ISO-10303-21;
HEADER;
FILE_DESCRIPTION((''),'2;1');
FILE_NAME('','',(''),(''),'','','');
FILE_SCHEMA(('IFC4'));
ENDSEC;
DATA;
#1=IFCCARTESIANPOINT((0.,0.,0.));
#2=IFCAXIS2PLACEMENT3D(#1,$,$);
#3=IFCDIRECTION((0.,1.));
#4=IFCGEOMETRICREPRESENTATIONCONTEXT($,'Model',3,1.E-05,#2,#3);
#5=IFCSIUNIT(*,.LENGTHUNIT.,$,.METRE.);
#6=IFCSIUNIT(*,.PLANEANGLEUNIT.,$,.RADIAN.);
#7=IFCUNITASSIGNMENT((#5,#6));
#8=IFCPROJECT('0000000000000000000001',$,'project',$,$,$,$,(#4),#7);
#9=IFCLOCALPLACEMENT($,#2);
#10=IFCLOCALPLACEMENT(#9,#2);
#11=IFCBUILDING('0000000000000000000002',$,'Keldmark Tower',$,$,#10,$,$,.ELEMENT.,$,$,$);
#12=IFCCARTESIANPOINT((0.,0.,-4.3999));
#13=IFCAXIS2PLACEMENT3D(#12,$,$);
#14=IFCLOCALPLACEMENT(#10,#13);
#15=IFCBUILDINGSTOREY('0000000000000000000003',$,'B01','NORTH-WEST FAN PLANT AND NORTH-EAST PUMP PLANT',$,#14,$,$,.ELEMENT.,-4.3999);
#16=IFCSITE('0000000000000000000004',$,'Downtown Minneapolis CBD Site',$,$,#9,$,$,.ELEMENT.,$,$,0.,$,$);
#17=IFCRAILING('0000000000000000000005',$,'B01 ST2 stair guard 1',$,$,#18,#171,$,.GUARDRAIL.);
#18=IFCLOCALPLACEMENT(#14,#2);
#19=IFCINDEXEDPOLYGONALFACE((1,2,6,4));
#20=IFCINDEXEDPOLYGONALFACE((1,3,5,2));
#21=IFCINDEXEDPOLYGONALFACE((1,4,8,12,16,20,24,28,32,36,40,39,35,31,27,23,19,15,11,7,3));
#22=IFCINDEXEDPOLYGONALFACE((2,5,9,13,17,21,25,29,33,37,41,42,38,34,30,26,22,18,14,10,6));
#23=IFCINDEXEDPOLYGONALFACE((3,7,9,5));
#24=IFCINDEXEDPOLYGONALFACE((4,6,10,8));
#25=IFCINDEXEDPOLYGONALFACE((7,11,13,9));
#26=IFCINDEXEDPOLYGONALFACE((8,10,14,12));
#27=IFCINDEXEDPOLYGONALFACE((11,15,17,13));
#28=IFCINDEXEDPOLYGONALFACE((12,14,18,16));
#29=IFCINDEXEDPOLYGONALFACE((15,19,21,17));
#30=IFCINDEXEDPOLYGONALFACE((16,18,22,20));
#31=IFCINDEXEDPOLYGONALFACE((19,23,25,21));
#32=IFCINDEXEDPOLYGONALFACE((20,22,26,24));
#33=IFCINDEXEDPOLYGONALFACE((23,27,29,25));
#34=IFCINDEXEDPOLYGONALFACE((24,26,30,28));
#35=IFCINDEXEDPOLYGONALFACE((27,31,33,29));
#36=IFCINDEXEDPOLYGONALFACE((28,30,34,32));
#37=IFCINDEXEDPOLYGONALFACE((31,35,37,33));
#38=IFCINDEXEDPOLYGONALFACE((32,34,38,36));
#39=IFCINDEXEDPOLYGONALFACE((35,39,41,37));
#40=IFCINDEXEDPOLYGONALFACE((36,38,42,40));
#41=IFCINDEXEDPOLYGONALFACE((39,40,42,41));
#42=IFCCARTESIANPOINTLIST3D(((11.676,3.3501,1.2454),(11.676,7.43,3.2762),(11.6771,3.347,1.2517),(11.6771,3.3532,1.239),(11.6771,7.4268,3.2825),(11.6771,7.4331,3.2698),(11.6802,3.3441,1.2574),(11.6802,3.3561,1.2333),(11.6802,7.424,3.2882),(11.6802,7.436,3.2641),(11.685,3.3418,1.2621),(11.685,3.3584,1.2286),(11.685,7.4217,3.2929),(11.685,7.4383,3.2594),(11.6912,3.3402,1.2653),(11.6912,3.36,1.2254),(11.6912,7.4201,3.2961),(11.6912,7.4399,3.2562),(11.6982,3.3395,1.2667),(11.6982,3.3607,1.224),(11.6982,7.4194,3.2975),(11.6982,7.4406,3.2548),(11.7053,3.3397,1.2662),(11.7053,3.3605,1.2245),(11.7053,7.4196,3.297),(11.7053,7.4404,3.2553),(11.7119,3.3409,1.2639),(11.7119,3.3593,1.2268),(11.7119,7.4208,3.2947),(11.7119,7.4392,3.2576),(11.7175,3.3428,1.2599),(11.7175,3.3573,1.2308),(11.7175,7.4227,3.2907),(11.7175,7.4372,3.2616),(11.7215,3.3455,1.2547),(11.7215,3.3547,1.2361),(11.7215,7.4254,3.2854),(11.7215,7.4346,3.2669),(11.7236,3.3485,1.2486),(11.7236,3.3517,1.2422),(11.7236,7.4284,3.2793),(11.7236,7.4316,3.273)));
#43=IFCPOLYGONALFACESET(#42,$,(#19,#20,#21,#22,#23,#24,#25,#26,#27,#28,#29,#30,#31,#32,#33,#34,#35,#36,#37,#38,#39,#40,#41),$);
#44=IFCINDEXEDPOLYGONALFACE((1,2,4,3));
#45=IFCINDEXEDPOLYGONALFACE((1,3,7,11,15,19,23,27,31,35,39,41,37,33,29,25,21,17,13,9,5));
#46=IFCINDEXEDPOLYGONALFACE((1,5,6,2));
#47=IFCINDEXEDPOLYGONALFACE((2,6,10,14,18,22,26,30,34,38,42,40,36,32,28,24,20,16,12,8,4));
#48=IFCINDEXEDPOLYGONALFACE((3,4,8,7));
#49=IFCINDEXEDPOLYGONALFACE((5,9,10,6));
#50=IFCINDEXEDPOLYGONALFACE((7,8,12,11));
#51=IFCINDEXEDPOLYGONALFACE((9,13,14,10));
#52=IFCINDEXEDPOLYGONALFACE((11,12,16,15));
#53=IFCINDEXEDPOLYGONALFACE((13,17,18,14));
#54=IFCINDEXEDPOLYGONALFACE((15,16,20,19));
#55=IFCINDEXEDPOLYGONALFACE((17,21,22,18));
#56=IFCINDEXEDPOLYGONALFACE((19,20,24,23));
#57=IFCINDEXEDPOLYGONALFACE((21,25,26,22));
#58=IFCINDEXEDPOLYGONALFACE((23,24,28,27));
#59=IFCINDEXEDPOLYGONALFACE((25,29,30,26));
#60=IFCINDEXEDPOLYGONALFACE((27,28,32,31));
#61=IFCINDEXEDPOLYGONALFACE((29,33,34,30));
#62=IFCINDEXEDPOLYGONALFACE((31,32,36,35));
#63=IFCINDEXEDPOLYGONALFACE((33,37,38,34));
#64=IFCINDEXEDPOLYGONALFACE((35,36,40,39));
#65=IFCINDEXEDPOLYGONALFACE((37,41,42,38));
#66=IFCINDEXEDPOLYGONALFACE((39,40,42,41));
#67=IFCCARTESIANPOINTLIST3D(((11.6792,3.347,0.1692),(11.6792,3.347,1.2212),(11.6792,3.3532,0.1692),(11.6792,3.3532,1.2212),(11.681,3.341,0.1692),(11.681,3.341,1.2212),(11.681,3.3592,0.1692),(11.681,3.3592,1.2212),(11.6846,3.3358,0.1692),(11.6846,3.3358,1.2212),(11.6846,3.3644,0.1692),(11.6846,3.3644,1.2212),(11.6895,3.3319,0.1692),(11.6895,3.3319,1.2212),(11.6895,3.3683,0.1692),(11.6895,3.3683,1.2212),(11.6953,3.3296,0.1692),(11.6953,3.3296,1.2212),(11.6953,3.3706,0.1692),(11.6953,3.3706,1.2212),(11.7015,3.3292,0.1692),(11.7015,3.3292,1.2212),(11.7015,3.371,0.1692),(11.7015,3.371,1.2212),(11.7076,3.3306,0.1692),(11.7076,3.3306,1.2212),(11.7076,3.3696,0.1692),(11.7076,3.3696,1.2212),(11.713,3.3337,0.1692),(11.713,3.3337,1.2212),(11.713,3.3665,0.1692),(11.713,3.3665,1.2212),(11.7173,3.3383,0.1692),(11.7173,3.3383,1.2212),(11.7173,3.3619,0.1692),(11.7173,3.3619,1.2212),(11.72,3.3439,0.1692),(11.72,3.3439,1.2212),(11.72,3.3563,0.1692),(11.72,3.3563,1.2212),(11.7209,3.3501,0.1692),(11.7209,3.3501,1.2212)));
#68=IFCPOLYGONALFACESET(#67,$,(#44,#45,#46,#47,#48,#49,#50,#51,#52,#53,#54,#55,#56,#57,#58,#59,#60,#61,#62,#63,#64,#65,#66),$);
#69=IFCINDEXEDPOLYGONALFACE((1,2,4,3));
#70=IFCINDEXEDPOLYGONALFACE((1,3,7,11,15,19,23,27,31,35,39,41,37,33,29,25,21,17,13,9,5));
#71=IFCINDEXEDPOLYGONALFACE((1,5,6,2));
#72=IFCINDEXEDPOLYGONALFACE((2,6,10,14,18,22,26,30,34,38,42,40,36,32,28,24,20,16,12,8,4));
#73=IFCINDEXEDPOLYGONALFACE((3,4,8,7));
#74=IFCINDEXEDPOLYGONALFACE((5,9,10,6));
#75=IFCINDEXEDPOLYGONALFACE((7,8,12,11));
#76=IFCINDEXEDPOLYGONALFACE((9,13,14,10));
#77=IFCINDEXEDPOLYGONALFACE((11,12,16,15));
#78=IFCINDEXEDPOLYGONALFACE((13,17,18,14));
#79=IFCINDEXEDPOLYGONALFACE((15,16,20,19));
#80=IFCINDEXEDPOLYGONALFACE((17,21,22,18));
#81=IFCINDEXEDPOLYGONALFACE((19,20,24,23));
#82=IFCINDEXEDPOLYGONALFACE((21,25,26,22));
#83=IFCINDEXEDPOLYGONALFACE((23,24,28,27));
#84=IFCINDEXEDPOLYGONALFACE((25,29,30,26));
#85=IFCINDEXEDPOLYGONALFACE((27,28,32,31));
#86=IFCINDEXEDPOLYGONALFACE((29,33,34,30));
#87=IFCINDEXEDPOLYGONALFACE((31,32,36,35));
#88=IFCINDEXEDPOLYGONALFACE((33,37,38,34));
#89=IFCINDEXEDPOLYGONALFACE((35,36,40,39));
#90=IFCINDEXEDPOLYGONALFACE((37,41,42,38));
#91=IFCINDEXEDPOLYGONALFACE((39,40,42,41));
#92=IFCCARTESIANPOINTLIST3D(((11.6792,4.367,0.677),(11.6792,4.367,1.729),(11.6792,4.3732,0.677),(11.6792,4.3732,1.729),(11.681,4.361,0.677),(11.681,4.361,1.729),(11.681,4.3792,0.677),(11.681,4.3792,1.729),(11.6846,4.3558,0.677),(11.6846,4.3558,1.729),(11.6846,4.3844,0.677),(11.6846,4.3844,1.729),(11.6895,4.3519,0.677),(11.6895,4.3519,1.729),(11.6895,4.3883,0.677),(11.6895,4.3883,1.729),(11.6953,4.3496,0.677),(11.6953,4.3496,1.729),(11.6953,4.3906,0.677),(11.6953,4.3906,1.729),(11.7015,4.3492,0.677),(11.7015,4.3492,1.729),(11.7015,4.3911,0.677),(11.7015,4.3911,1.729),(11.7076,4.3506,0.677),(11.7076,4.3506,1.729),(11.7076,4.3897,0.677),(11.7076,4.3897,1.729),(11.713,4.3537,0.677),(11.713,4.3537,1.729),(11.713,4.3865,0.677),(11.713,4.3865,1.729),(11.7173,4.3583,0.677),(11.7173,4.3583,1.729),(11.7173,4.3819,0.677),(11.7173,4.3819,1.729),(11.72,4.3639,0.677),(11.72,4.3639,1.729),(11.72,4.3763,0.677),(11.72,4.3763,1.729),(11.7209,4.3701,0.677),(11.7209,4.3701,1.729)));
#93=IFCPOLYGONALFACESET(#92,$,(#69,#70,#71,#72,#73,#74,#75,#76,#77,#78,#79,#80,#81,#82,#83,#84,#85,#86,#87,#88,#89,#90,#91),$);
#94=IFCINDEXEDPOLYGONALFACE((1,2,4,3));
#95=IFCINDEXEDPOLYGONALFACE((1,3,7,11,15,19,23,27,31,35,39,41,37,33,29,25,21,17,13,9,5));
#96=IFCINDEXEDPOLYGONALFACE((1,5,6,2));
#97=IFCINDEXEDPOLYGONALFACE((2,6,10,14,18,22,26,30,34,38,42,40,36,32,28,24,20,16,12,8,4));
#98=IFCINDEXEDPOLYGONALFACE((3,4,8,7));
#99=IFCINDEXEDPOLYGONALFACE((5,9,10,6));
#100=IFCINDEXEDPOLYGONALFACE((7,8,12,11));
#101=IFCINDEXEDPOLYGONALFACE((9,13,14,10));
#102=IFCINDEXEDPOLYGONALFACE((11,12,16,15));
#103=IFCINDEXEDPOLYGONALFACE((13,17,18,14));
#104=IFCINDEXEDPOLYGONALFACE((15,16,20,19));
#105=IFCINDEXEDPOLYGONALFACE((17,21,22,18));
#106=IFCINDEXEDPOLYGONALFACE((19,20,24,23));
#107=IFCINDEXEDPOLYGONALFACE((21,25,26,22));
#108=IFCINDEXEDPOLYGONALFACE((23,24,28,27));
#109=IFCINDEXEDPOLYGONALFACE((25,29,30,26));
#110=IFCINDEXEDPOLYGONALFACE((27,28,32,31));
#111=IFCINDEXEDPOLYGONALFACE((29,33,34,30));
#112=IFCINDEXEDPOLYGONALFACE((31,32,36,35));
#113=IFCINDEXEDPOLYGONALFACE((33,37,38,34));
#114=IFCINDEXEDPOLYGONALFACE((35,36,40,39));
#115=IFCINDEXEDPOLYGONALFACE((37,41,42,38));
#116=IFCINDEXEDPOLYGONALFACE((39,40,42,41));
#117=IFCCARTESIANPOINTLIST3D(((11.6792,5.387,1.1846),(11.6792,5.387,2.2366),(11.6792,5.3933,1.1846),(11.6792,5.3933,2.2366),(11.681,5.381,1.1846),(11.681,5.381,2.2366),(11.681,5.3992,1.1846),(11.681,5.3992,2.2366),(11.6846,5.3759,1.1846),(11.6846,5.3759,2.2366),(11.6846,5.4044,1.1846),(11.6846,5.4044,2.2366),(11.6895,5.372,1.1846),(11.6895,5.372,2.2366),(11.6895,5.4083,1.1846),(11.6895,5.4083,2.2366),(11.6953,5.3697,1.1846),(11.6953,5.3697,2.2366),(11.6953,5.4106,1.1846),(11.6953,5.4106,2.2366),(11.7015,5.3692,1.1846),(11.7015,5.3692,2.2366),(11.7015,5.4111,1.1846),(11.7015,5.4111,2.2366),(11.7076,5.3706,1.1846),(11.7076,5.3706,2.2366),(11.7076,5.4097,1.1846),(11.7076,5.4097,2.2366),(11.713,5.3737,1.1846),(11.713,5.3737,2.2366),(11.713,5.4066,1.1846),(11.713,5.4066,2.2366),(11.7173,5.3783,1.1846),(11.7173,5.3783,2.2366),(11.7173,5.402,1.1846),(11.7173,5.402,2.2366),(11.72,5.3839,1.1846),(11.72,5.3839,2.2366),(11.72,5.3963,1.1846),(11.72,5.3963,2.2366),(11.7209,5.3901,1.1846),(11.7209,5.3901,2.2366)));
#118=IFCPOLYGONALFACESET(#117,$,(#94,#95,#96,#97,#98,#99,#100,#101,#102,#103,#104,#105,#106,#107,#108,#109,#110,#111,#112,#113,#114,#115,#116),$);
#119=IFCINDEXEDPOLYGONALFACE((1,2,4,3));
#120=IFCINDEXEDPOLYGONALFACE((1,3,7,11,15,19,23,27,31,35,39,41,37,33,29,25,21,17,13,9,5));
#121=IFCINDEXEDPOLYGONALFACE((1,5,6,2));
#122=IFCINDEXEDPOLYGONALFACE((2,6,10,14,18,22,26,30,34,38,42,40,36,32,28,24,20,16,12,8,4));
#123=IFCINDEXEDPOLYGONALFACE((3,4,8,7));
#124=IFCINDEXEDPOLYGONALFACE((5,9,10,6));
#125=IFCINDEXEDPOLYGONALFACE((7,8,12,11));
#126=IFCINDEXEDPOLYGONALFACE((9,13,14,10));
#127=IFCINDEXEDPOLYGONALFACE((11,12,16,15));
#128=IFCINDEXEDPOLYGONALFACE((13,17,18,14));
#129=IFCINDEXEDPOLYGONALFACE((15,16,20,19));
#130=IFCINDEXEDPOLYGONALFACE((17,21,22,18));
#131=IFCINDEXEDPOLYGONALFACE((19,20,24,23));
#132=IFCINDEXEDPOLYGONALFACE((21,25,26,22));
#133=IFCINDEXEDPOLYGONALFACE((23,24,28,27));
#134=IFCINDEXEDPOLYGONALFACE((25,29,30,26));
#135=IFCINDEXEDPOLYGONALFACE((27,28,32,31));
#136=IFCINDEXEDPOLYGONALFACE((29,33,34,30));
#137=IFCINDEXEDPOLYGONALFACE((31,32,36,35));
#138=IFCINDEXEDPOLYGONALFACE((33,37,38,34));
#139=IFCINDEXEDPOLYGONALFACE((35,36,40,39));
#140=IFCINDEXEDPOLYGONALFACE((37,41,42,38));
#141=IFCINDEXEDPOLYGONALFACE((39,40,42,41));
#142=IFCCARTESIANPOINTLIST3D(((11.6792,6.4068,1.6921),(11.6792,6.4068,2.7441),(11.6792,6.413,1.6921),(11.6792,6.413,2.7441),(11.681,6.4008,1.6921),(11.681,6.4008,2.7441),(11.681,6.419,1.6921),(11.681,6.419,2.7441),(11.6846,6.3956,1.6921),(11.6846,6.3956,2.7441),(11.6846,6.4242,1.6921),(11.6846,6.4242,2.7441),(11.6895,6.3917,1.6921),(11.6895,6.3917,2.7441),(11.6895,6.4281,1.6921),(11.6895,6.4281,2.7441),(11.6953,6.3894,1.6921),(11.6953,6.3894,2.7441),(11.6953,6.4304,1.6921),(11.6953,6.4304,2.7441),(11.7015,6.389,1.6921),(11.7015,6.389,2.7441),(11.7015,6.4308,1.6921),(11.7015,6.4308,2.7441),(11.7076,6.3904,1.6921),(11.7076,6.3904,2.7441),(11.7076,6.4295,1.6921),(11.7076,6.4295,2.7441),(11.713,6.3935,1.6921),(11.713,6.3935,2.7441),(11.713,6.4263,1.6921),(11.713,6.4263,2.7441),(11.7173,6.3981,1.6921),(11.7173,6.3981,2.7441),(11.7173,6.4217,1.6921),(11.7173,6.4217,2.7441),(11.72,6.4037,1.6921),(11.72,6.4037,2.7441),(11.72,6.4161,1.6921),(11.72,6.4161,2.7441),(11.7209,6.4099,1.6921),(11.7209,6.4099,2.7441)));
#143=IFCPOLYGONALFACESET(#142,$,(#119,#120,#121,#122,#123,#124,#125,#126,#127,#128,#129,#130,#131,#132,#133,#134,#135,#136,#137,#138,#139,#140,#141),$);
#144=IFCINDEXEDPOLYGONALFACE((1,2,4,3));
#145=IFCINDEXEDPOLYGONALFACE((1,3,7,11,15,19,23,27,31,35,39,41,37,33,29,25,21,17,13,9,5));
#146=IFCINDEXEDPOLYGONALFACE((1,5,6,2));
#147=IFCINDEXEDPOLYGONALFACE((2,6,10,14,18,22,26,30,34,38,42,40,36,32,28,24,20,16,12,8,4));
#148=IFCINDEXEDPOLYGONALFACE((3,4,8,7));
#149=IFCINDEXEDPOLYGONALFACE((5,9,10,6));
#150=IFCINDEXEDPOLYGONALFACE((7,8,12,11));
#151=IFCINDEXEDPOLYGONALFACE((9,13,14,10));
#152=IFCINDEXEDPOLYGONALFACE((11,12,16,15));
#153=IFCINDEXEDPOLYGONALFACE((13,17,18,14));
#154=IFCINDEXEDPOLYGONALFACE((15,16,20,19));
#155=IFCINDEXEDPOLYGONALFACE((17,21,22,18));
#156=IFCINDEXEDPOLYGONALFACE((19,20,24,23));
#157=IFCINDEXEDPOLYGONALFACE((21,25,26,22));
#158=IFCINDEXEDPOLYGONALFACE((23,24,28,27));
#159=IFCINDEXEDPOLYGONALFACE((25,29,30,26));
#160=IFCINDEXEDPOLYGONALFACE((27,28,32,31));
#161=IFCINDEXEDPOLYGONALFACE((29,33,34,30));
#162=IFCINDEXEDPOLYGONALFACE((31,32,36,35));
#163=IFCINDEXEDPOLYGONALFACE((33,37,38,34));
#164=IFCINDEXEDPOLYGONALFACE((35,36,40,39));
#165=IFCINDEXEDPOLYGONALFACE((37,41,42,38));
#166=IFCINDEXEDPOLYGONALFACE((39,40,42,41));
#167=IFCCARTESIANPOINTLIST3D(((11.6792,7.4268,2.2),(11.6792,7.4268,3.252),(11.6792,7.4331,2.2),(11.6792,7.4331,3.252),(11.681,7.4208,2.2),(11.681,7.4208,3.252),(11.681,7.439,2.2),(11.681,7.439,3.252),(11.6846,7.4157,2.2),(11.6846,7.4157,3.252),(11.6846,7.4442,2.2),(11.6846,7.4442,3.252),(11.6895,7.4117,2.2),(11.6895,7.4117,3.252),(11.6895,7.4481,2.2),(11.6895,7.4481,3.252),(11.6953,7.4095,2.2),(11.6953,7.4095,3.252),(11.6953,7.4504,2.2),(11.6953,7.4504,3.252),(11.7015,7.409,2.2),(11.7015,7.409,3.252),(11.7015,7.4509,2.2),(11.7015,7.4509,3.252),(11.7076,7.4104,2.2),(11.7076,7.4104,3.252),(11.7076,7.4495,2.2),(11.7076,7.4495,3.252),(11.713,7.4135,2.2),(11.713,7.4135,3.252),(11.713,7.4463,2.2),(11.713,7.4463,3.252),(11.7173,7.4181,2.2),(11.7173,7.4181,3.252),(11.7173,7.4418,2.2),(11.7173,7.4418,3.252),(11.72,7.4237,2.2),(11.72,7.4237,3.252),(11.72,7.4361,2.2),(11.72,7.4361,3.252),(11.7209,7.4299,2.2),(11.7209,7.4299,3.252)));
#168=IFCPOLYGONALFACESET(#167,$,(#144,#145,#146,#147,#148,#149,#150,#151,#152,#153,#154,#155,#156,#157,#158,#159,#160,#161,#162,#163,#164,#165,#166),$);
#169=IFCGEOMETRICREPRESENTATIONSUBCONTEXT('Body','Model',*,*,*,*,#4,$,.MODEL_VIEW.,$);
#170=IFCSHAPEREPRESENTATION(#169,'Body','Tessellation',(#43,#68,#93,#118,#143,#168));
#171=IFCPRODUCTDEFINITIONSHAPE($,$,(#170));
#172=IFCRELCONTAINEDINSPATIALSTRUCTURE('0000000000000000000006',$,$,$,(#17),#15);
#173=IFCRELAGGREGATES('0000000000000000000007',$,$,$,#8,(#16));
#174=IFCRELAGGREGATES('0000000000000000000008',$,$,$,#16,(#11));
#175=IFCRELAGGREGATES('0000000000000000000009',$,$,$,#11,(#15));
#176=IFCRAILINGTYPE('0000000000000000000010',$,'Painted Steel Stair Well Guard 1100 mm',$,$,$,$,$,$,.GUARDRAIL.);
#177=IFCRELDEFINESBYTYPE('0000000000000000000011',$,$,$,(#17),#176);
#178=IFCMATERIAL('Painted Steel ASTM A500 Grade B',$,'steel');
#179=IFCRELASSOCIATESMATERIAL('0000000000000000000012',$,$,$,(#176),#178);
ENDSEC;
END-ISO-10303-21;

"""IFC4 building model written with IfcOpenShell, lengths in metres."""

from ifc_helpers import new_model, si_unit, direction, frame, origin, origin_2d, place, context, subcontext, project, spatial, circle, extrude, material, type_object, element, save


model = new_model("IFC4")

# Units and contexts
model_context = context("Model", 3, precision=1e-05, world=origin(), true_north=direction((0.0, 1.0)))
body_context = subcontext(model_context, "Body", "Model", "MODEL_VIEW")
ifc_project = project(units=[si_unit("LENGTHUNIT", "METRE"), si_unit("PLANEANGLEUNIT", "RADIAN")], contexts=[model_context])

# Site, building, storey
site_placement = place(None, origin())
site = spatial("IfcSite", under=ifc_project, at=site_placement, Name="Downtown Minneapolis CBD Site", CompositionType="ELEMENT", RefElevation=0.0)
building_placement = place(site_placement, origin())
building = spatial("IfcBuilding", under=site, at=building_placement, Name="Keldmark Tower", CompositionType="ELEMENT")
storey_placement = place(building_placement, frame((0.0, 0.0, -4.3999)))
storey = spatial("IfcBuildingStorey", under=building, at=storey_placement, Name="B01", Description="NORTH-WEST FAN PLANT AND NORTH-EAST PUMP PLANT", CompositionType="ELEMENT", Elevation=-4.3999)

# Railing
ifc_material_1 = material(Name="Painted Steel ASTM A500 Grade B", Category="steel")
railing_type_1 = type_object("IfcRailingType", Name="Painted Steel Stair Well Guard 1100 mm", PredefinedType="GUARDRAIL", material=ifc_material_1)
railing_1_placement = place(storey_placement, frame((11.7, 3.3501, 0.1692)))
element("IfcRailing", 1, at=railing_1_placement, inside=storey, type_object=railing_type_1, Name="B01 ST2 stair guard 1", PredefinedType="GUARDRAIL", context=body_context, shape_type="SweptSolid", body=[
    extrude(circle(Radius=0.0239, at=origin_2d()), frame((0.0, 0.0, 1.0762), z_axis=(0.0, 0.895229, 0.445606), x_axis=(-1.0, 0.0, 0.0)), (0.0, 0.0, 1.0), 4.5574),
    extrude(circle(Radius=0.021, at=origin_2d()), origin(), (0.0, 0.0, 1.0), 1.052),
    extrude(circle(Radius=0.021, at=origin_2d()), frame((0.0, 1.02, 0.5078)), (0.0, 0.0, 1.0), 1.052),
    extrude(circle(Radius=0.021, at=origin_2d()), frame((0.0, 2.04, 1.0154)), (0.0, 0.0, 1.0), 1.052),
    extrude(circle(Radius=0.021, at=origin_2d()), frame((0.0, 3.0598, 1.5229)), (0.0, 0.0, 1.0), 1.052),
    extrude(circle(Radius=0.021, at=origin_2d()), frame((0.0, 4.0798, 2.0308)), (0.0, 0.0, 1.0), 1.052),
])

save(model, "model.ifc")
